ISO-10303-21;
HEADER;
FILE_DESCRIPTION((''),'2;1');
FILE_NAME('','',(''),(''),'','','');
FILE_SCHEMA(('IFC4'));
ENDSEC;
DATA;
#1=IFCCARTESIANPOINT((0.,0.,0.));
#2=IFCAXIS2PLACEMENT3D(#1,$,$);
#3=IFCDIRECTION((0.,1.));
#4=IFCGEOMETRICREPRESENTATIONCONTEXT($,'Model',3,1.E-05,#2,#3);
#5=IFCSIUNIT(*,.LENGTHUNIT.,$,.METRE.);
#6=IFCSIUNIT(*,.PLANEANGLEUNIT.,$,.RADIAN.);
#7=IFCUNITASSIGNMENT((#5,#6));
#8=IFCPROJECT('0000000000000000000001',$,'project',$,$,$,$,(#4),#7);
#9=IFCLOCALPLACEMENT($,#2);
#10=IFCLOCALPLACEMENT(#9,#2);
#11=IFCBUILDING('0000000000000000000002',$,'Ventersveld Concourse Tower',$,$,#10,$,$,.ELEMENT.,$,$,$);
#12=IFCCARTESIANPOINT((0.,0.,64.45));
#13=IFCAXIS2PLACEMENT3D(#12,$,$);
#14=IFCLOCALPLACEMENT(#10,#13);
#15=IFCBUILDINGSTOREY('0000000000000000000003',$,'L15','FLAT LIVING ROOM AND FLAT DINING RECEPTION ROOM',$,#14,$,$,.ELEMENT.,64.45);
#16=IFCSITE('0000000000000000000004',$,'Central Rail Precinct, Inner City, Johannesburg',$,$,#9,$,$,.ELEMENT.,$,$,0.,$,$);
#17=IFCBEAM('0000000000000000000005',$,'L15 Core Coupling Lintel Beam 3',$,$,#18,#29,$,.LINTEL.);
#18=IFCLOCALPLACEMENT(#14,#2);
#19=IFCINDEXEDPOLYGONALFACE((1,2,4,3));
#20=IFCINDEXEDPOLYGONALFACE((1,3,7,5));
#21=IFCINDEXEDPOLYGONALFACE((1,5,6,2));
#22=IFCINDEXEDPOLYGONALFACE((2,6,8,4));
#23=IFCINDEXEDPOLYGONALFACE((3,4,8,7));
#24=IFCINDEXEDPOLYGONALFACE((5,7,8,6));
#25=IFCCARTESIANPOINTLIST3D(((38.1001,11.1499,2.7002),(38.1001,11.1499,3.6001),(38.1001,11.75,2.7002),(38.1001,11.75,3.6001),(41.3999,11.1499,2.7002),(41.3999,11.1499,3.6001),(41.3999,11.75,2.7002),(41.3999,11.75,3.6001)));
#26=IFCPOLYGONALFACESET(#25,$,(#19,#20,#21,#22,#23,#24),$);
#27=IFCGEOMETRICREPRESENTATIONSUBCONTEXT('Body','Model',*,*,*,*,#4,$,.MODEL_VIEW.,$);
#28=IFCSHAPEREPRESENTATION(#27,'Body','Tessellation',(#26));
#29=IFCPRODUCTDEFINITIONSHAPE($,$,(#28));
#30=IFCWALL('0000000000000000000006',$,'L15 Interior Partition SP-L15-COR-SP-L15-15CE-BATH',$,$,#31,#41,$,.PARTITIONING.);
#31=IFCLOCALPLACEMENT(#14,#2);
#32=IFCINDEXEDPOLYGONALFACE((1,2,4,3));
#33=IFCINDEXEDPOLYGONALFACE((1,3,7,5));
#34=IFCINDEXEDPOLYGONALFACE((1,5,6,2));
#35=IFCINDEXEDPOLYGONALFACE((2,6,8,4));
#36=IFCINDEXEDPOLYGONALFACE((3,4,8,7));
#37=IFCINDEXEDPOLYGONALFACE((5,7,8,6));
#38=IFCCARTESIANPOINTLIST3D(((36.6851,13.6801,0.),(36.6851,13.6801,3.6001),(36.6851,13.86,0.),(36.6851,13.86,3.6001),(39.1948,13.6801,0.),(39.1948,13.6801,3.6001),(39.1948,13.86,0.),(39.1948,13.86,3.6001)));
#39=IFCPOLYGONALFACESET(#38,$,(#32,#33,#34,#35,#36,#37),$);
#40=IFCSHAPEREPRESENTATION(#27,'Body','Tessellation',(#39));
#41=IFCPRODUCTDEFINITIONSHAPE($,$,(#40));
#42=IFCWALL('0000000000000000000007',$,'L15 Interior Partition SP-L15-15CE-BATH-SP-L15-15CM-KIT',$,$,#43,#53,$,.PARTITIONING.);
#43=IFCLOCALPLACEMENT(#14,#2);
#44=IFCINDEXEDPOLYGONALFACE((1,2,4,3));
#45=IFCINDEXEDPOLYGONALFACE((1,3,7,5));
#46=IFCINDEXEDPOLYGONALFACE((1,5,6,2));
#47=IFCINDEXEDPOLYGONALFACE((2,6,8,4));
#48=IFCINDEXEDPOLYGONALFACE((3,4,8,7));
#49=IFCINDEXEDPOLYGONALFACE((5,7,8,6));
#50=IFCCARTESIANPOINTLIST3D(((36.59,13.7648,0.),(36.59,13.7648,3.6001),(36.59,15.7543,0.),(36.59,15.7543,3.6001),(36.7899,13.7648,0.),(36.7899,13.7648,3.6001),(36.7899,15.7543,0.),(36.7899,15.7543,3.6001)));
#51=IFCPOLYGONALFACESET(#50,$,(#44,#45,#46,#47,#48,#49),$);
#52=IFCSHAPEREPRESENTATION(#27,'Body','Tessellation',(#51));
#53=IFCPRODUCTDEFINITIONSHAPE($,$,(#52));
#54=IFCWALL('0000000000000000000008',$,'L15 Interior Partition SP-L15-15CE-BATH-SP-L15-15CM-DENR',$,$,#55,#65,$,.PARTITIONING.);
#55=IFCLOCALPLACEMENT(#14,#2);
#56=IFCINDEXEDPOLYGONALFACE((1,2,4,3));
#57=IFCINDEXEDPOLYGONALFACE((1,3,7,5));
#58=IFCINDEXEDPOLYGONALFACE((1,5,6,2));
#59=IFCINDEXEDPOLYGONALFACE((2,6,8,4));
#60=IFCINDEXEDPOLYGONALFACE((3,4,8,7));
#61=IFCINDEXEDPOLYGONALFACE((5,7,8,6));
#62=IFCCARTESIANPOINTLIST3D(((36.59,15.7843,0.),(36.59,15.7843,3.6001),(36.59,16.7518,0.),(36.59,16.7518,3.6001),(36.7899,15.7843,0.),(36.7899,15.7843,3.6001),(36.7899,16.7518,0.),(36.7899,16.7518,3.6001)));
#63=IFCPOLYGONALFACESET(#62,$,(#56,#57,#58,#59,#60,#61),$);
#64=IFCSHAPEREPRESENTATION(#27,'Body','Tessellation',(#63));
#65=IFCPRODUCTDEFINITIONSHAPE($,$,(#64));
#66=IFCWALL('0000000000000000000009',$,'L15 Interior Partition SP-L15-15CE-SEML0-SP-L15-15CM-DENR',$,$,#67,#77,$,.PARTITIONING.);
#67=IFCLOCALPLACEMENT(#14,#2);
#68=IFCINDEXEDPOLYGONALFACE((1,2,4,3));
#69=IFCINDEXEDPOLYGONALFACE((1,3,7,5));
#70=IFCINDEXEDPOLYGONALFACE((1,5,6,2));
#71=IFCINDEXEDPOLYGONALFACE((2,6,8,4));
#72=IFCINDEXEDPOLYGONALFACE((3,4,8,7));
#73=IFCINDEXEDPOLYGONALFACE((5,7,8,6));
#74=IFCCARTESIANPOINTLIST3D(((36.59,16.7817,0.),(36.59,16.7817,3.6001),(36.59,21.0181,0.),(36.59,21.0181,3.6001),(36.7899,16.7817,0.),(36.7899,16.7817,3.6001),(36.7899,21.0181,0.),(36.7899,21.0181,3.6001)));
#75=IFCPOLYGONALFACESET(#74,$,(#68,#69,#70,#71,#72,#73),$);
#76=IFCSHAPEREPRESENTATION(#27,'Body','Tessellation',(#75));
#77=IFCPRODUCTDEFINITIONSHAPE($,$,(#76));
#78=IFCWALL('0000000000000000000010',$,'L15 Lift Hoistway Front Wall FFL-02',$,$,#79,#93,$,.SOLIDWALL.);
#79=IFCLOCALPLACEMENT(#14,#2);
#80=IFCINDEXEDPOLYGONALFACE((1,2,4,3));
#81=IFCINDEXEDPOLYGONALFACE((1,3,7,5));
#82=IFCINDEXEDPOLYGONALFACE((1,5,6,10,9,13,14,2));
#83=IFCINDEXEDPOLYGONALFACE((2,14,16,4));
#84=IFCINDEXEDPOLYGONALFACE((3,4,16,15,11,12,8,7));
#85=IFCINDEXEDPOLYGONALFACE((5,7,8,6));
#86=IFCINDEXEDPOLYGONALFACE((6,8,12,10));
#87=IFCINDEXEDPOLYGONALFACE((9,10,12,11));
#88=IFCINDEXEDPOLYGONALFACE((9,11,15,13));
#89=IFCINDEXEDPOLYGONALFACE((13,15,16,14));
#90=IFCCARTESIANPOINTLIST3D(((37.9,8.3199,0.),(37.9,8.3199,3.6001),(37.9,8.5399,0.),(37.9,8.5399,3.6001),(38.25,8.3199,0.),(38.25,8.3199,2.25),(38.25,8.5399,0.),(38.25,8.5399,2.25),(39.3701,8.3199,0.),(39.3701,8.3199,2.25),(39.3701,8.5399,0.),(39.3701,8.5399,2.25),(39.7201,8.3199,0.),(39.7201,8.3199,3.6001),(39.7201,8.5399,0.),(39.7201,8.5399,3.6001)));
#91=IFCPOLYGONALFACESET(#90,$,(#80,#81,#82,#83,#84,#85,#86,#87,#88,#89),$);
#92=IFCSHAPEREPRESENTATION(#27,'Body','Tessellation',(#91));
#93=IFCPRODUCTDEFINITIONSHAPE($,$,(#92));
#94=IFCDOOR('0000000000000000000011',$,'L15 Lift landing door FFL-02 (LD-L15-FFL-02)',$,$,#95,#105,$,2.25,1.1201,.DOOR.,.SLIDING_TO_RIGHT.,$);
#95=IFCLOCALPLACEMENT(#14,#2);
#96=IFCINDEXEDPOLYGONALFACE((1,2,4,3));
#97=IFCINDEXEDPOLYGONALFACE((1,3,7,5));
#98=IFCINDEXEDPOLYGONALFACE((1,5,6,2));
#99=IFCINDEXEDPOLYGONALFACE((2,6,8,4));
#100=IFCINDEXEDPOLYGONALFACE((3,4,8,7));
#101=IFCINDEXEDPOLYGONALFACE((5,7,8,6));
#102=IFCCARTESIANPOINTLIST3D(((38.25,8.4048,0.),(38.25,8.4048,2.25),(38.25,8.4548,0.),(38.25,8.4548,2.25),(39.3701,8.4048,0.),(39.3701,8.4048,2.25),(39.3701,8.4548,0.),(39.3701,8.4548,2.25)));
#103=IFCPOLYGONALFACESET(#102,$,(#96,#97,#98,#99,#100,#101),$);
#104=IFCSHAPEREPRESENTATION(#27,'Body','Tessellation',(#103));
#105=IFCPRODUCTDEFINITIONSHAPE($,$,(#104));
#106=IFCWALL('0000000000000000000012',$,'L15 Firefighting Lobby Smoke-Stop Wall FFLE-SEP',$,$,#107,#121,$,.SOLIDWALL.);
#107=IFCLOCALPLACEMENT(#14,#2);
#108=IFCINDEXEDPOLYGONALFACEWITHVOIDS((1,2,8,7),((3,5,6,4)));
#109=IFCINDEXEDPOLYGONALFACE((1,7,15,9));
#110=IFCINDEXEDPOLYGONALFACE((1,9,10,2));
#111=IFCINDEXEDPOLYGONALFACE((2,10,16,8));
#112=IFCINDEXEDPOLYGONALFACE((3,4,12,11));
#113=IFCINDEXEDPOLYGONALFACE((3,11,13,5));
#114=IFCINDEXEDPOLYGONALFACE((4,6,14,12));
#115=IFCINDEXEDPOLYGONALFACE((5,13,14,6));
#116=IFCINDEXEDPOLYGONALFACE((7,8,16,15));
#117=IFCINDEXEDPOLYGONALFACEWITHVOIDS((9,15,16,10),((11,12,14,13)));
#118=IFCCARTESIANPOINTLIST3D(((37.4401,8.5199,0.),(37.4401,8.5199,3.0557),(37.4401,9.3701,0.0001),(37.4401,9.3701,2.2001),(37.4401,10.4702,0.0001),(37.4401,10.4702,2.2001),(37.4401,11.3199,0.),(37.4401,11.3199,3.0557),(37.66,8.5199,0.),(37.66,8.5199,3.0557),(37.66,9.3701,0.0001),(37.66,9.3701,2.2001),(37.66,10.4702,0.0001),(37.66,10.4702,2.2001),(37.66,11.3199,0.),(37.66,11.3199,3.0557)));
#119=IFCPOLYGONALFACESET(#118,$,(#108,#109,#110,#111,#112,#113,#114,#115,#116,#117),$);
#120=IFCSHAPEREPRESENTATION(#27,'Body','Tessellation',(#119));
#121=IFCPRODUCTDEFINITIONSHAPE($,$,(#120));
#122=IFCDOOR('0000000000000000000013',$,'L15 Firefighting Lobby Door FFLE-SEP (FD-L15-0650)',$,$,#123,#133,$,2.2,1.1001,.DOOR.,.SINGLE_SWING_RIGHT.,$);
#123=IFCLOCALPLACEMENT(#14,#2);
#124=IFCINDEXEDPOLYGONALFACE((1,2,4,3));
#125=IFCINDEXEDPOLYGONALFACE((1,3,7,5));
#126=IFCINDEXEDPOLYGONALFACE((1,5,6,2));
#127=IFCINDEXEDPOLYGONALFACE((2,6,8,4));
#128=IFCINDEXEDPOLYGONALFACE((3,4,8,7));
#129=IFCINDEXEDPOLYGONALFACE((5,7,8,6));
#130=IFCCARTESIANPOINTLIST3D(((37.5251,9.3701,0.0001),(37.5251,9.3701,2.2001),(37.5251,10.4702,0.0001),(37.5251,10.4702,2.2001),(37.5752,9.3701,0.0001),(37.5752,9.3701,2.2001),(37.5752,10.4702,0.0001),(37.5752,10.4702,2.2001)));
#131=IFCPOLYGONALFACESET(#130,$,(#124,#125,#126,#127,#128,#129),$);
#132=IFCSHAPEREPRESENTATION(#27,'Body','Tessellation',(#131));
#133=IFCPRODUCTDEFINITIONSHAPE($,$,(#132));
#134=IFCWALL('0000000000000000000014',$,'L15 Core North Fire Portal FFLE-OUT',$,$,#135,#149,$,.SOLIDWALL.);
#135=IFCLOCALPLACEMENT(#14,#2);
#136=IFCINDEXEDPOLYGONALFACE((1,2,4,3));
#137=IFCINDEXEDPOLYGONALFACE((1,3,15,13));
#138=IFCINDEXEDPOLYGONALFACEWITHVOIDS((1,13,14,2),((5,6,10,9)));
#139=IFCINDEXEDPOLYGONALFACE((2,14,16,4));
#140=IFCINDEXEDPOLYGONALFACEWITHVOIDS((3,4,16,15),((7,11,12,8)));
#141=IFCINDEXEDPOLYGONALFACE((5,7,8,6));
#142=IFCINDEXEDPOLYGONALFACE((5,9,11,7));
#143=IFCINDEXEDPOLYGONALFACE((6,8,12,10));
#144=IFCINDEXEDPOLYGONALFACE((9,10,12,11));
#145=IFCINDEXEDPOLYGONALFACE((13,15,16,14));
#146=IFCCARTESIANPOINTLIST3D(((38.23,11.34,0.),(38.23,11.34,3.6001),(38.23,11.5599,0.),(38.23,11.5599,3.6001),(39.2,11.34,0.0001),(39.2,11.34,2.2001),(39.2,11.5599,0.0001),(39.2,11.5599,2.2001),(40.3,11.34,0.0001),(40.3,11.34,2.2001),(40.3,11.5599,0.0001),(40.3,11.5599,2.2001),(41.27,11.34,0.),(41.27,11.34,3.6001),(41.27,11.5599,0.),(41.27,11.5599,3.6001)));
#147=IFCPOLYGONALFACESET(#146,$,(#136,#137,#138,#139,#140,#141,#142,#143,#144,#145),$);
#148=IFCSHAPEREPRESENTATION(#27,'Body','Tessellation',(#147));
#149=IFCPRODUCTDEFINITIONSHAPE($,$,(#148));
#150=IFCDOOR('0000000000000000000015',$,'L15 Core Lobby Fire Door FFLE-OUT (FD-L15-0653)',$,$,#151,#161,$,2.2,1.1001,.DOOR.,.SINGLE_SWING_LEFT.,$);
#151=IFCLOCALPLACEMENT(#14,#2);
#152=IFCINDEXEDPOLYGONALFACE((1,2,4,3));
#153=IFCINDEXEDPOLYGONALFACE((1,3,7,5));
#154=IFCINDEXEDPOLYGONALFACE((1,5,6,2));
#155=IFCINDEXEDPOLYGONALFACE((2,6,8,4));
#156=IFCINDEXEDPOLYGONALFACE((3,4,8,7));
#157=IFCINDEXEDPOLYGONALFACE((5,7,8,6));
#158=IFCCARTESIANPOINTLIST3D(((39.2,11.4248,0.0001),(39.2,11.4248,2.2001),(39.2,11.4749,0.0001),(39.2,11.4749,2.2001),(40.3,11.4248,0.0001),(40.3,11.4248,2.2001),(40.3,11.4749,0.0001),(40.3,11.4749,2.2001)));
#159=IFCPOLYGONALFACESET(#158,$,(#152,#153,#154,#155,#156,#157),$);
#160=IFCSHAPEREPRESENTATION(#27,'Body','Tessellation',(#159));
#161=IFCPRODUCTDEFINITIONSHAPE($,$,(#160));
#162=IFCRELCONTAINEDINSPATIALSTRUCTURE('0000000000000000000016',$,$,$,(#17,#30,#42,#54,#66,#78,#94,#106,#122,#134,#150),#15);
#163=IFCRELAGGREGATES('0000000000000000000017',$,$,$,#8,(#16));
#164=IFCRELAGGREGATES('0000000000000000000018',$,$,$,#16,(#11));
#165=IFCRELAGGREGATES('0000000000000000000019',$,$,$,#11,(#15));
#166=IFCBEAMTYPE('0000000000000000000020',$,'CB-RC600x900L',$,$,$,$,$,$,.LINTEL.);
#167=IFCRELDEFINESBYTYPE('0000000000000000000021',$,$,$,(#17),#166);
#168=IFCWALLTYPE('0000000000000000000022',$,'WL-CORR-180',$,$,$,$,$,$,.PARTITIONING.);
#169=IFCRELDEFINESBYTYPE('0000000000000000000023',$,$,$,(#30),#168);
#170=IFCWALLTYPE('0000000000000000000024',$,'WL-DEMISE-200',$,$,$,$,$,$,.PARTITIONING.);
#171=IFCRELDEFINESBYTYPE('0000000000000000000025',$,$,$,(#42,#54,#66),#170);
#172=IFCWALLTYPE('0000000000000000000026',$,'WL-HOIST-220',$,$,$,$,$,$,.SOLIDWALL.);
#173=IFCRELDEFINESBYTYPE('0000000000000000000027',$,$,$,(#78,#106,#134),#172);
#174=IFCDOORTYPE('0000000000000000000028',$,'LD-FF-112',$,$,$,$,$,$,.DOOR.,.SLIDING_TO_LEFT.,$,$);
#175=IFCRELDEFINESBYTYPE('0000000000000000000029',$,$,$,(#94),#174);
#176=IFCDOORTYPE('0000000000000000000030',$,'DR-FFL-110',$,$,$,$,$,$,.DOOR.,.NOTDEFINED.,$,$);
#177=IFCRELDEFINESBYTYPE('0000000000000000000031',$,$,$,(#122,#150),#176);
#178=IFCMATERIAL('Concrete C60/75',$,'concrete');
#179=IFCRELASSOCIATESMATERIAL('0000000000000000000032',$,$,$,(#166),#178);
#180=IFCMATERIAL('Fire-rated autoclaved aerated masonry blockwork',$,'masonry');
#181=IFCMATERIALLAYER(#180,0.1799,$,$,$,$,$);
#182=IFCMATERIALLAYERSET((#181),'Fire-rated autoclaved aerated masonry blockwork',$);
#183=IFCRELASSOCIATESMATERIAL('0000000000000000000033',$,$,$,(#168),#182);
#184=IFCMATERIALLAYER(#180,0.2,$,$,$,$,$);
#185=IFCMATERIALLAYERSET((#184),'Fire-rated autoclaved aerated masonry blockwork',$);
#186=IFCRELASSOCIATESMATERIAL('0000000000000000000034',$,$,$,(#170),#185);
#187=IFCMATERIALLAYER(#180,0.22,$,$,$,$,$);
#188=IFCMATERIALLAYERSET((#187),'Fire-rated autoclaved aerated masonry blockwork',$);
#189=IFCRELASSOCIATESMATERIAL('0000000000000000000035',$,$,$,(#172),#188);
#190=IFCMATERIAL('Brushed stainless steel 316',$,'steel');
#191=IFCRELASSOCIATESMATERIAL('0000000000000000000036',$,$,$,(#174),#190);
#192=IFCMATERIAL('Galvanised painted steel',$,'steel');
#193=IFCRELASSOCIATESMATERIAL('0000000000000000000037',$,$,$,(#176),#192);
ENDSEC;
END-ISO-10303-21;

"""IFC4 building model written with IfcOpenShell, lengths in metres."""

from ifc_helpers import new_model, si_unit, direction, frame, frame_2d, origin, origin_2d, place, context, subcontext, project, spatial, rectangle, extrude, material, layer, layer_set, material_profile, profile_set, type_object, element, fill, save


model = new_model("IFC4")

# Units and contexts
model_context = context("Model", 3, precision=1e-05, world=origin(), true_north=direction((0.0, 1.0)))
body_context = subcontext(model_context, "Body", "Model", "MODEL_VIEW")
ifc_project = project(units=[si_unit("LENGTHUNIT", "METRE"), si_unit("PLANEANGLEUNIT", "RADIAN")], contexts=[model_context])

# Site, building, storey
site_placement = place(None, origin())
site = spatial("IfcSite", under=ifc_project, at=site_placement, Name="Central Rail Precinct, Inner City, Johannesburg", CompositionType="ELEMENT", RefElevation=0.0)
building_placement = place(site_placement, origin())
building = spatial("IfcBuilding", under=site, at=building_placement, Name="Ventersveld Concourse Tower", CompositionType="ELEMENT")
storey_placement = place(building_placement, frame((0.0, 0.0, 64.45)))
storey = spatial("IfcBuildingStorey", under=building, at=storey_placement, Name="L15", Description="FLAT LIVING ROOM AND FLAT DINING RECEPTION ROOM", CompositionType="ELEMENT", Elevation=64.45)

# Beam
ifc_material_1 = material(Name="Concrete C60/75", Category="concrete")
ifc_material_profile = material_profile(ifc_material_1, rectangle(XDim=0.6001, YDim=0.8999, at=origin_2d()), Name="RC 600x900")
ifc_profile_set = profile_set([ifc_material_profile], Name="Concrete C60/75")
beam_type = type_object("IfcBeamType", Name="CB-RC600x900L", PredefinedType="LINTEL", material=ifc_profile_set)
beam_placement = place(storey_placement, frame((38.1001, 11.45, 3.1501), z_axis=(1.0, 0.0, 0.0), x_axis=(0.0, 1.0, 0.0)))
element("IfcBeam", 1, at=beam_placement, inside=storey, type_object=beam_type, Name="L15 Core Coupling Lintel Beam 3", PredefinedType="LINTEL", context=body_context, shape_type="SweptSolid", body=[
    extrude(rectangle(XDim=0.6001, YDim=0.8999, at=origin_2d()), origin(), (0.0, 0.0, 1.0), 3.2998),
])

# Shared definitions
ifc_material_2 = material(Name="Fire-rated autoclaved aerated masonry blockwork", Category="masonry")
ifc_layer_1 = layer(ifc_material_2, 0.1799)
ifc_layer_set_1 = layer_set([ifc_layer_1], Name="Fire-rated autoclaved aerated masonry blockwork")
wall_type_1 = type_object("IfcWallType", Name="WL-CORR-180", PredefinedType="PARTITIONING", material=ifc_layer_set_1)

# Walls
wall_1_placement = place(storey_placement, frame((36.6851, 13.77, 0.0), z_axis=(0.0, 0.0, 1.0), x_axis=(1.0, 0.0, 0.0)))
element("IfcWall", 2, at=wall_1_placement, inside=storey, type_object=wall_type_1, Name="L15 Interior Partition SP-L15-COR-SP-L15-15CE-BATH", PredefinedType="PARTITIONING", context=body_context, shape_type="SweptSolid", body=[
    extrude(rectangle(XDim=2.5098, YDim=0.1799, at=frame_2d((1.2549, 0.0))), origin(), (0.0, 0.0, 1.0), 3.6001),
])
ifc_layer_2 = layer(ifc_material_2, 0.2)
ifc_layer_set_2 = layer_set([ifc_layer_2], Name="Fire-rated autoclaved aerated masonry blockwork")
wall_type_2 = type_object("IfcWallType", Name="WL-DEMISE-200", PredefinedType="PARTITIONING", material=ifc_layer_set_2)
wall_2_placement = place(storey_placement, frame((36.6899, 13.7649, 0.0), z_axis=(0.0, 0.0, 1.0), x_axis=(0.0, 1.0, 0.0)))
element("IfcWall", 3, at=wall_2_placement, inside=storey, type_object=wall_type_2, Name="L15 Interior Partition SP-L15-15CE-BATH-SP-L15-15CM-KIT", PredefinedType="PARTITIONING", context=body_context, shape_type="SweptSolid", body=[
    extrude(rectangle(XDim=1.9895, YDim=0.2, at=frame_2d((0.9946, 0.0))), origin(), (0.0, 0.0, 1.0), 3.6001),
])
wall_3_placement = place(storey_placement, frame((36.6899, 15.7842, 0.0), z_axis=(0.0, 0.0, 1.0), x_axis=(0.0, 1.0, 0.0)))
element("IfcWall", 4, at=wall_3_placement, inside=storey, type_object=wall_type_2, Name="L15 Interior Partition SP-L15-15CE-BATH-SP-L15-15CM-DENR", PredefinedType="PARTITIONING", context=body_context, shape_type="SweptSolid", body=[
    extrude(rectangle(XDim=0.9675, YDim=0.2, at=frame_2d((0.4839, 0.0))), origin(), (0.0, 0.0, 1.0), 3.6001),
])
wall_4_placement = place(storey_placement, frame((36.6899, 16.7817, 0.0), z_axis=(0.0, 0.0, 1.0), x_axis=(0.0, 1.0, 0.0)))
element("IfcWall", 5, at=wall_4_placement, inside=storey, type_object=wall_type_2, Name="L15 Interior Partition SP-L15-15CE-SEML0-SP-L15-15CM-DENR", PredefinedType="PARTITIONING", context=body_context, shape_type="SweptSolid", body=[
    extrude(rectangle(XDim=4.2363, YDim=0.2, at=frame_2d((2.1182, 0.0))), origin(), (0.0, 0.0, 1.0), 3.6001),
])

# Walls, openings, doors
ifc_layer_3 = layer(ifc_material_2, 0.22)
ifc_layer_set_3 = layer_set([ifc_layer_3], Name="Fire-rated autoclaved aerated masonry blockwork")
wall_type_3 = type_object("IfcWallType", Name="WL-HOIST-220", PredefinedType="SOLIDWALL", material=ifc_layer_set_3)
wall_5_placement = place(storey_placement, frame((37.8999, 8.4299, 0.0), z_axis=(0.0, 0.0, 1.0), x_axis=(1.0, 0.0, 0.0)))
wall_5 = element("IfcWall", 6, at=wall_5_placement, inside=storey, type_object=wall_type_3, Name="L15 Lift Hoistway Front Wall FFL-02", PredefinedType="SOLIDWALL", context=body_context, shape_type="SweptSolid", body=[
    extrude(rectangle(XDim=1.8201, YDim=0.22, at=frame_2d((0.9102, 0.0))), origin(), (0.0, 0.0, 1.0), 3.6001),
])
opening_1_placement = place(wall_5_placement, frame((0.3501, 0.0, 0.0)))
opening_1 = element("IfcOpeningElement", 7, at=opening_1_placement, cuts=wall_5, PredefinedType="OPENING", context=body_context, shape_type="SweptSolid", body=[
    extrude(rectangle(XDim=1.1201, YDim=2.25, at=frame_2d((0.5601, 1.125))), frame((0.0, 0.1201, 0.0), z_axis=(0.0, -1.0, 0.0), x_axis=(1.0, 0.0, 0.0)), (0.0, 0.0, 1.0), 0.24),
])
ifc_material_3 = material(Name="Brushed stainless steel 316", Category="steel")
door_type_1 = type_object("IfcDoorType", Name="LD-FF-112", OperationType="SLIDING_TO_LEFT", PredefinedType="DOOR", material=ifc_material_3)
door_1_placement = place(opening_1_placement, origin())
door_1 = element("IfcDoor", 8, at=door_1_placement, inside=storey, type_object=door_type_1, Name="L15 Lift landing door FFL-02 (LD-L15-FFL-02)", OperationType="SLIDING_TO_RIGHT", OverallHeight=2.25, OverallWidth=1.1201, PredefinedType="DOOR", context=body_context, shape_type="SweptSolid", body=[
    extrude(rectangle(XDim=1.1201, YDim=2.25, at=frame_2d((0.5601, 1.125))), frame((0.0, 0.0249, 0.0), z_axis=(0.0, -1.0, 0.0), x_axis=(1.0, 0.0, 0.0)), (0.0, 0.0, 1.0), 0.05),
])
fill(opening_1, door_1)
wall_6_placement = place(storey_placement, frame((37.55, 8.52, 0.0), z_axis=(0.0, 0.0, 1.0), x_axis=(0.0, 1.0, 0.0)))
wall_6 = element("IfcWall", 9, at=wall_6_placement, inside=storey, type_object=wall_type_3, Name="L15 Firefighting Lobby Smoke-Stop Wall FFLE-SEP", PredefinedType="SOLIDWALL", context=body_context, shape_type="SweptSolid", body=[
    extrude(rectangle(XDim=2.8, YDim=0.22, at=frame_2d((1.3999, 0.0))), origin(), (0.0, 0.0, 1.0), 3.0557),
])
opening_2_placement = place(wall_6_placement, frame((0.8501, 0.0, 0.0)))
opening_2 = element("IfcOpeningElement", 10, at=opening_2_placement, cuts=wall_6, PredefinedType="OPENING", context=body_context, shape_type="SweptSolid", body=[
    extrude(rectangle(XDim=1.1001, YDim=2.2, at=frame_2d((0.55, 1.1001))), frame((0.0, 0.1201, 0.0), z_axis=(0.0, -1.0, 0.0), x_axis=(1.0, 0.0, 0.0)), (0.0, 0.0, 1.0), 0.24),
])
ifc_material_4 = material(Name="Galvanised painted steel", Category="steel")
door_type_2 = type_object("IfcDoorType", Name="DR-FFL-110", OperationType="NOTDEFINED", PredefinedType="DOOR", material=ifc_material_4)
door_2_placement = place(opening_2_placement, origin())
door_2 = element("IfcDoor", 11, at=door_2_placement, inside=storey, type_object=door_type_2, Name="L15 Firefighting Lobby Door FFLE-SEP (FD-L15-0650)", OperationType="SINGLE_SWING_RIGHT", OverallHeight=2.2, OverallWidth=1.1001, PredefinedType="DOOR", context=body_context, shape_type="SweptSolid", body=[
    extrude(rectangle(XDim=1.1001, YDim=2.2, at=frame_2d((0.55, 1.1001))), frame((0.0, 0.0249, 0.0), z_axis=(0.0, -1.0, 0.0), x_axis=(1.0, 0.0, 0.0)), (0.0, 0.0, 1.0), 0.05),
])
fill(opening_2, door_2)
wall_7_placement = place(storey_placement, frame((38.23, 11.45, 0.0), z_axis=(0.0, 0.0, 1.0), x_axis=(1.0, 0.0, 0.0)))
wall_7 = element("IfcWall", 12, at=wall_7_placement, inside=storey, type_object=wall_type_3, Name="L15 Core North Fire Portal FFLE-OUT", PredefinedType="SOLIDWALL", context=body_context, shape_type="SweptSolid", body=[
    extrude(rectangle(XDim=3.04, YDim=0.22, at=frame_2d((1.52, 0.0))), origin(), (0.0, 0.0, 1.0), 3.6001),
])
opening_3_placement = place(wall_7_placement, frame((0.97, 0.0, 0.0)))
opening_3 = element("IfcOpeningElement", 13, at=opening_3_placement, cuts=wall_7, PredefinedType="OPENING", context=body_context, shape_type="SweptSolid", body=[
    extrude(rectangle(XDim=1.1001, YDim=2.2, at=frame_2d((0.55, 1.1001))), frame((0.0, 0.1201, 0.0), z_axis=(0.0, -1.0, 0.0), x_axis=(1.0, 0.0, 0.0)), (0.0, 0.0, 1.0), 0.24),
])
door_3_placement = place(opening_3_placement, origin())
door_3 = element("IfcDoor", 14, at=door_3_placement, inside=storey, type_object=door_type_2, Name="L15 Core Lobby Fire Door FFLE-OUT (FD-L15-0653)", OperationType="SINGLE_SWING_LEFT", OverallHeight=2.2, OverallWidth=1.1001, PredefinedType="DOOR", context=body_context, shape_type="SweptSolid", body=[
    extrude(rectangle(XDim=1.1001, YDim=2.2, at=frame_2d((0.55, 1.1001))), frame((0.0, 0.0249, 0.0), z_axis=(0.0, -1.0, 0.0), x_axis=(1.0, 0.0, 0.0)), (0.0, 0.0, 1.0), 0.05),
])
fill(opening_3, door_3)

save(model, "model.ifc")
